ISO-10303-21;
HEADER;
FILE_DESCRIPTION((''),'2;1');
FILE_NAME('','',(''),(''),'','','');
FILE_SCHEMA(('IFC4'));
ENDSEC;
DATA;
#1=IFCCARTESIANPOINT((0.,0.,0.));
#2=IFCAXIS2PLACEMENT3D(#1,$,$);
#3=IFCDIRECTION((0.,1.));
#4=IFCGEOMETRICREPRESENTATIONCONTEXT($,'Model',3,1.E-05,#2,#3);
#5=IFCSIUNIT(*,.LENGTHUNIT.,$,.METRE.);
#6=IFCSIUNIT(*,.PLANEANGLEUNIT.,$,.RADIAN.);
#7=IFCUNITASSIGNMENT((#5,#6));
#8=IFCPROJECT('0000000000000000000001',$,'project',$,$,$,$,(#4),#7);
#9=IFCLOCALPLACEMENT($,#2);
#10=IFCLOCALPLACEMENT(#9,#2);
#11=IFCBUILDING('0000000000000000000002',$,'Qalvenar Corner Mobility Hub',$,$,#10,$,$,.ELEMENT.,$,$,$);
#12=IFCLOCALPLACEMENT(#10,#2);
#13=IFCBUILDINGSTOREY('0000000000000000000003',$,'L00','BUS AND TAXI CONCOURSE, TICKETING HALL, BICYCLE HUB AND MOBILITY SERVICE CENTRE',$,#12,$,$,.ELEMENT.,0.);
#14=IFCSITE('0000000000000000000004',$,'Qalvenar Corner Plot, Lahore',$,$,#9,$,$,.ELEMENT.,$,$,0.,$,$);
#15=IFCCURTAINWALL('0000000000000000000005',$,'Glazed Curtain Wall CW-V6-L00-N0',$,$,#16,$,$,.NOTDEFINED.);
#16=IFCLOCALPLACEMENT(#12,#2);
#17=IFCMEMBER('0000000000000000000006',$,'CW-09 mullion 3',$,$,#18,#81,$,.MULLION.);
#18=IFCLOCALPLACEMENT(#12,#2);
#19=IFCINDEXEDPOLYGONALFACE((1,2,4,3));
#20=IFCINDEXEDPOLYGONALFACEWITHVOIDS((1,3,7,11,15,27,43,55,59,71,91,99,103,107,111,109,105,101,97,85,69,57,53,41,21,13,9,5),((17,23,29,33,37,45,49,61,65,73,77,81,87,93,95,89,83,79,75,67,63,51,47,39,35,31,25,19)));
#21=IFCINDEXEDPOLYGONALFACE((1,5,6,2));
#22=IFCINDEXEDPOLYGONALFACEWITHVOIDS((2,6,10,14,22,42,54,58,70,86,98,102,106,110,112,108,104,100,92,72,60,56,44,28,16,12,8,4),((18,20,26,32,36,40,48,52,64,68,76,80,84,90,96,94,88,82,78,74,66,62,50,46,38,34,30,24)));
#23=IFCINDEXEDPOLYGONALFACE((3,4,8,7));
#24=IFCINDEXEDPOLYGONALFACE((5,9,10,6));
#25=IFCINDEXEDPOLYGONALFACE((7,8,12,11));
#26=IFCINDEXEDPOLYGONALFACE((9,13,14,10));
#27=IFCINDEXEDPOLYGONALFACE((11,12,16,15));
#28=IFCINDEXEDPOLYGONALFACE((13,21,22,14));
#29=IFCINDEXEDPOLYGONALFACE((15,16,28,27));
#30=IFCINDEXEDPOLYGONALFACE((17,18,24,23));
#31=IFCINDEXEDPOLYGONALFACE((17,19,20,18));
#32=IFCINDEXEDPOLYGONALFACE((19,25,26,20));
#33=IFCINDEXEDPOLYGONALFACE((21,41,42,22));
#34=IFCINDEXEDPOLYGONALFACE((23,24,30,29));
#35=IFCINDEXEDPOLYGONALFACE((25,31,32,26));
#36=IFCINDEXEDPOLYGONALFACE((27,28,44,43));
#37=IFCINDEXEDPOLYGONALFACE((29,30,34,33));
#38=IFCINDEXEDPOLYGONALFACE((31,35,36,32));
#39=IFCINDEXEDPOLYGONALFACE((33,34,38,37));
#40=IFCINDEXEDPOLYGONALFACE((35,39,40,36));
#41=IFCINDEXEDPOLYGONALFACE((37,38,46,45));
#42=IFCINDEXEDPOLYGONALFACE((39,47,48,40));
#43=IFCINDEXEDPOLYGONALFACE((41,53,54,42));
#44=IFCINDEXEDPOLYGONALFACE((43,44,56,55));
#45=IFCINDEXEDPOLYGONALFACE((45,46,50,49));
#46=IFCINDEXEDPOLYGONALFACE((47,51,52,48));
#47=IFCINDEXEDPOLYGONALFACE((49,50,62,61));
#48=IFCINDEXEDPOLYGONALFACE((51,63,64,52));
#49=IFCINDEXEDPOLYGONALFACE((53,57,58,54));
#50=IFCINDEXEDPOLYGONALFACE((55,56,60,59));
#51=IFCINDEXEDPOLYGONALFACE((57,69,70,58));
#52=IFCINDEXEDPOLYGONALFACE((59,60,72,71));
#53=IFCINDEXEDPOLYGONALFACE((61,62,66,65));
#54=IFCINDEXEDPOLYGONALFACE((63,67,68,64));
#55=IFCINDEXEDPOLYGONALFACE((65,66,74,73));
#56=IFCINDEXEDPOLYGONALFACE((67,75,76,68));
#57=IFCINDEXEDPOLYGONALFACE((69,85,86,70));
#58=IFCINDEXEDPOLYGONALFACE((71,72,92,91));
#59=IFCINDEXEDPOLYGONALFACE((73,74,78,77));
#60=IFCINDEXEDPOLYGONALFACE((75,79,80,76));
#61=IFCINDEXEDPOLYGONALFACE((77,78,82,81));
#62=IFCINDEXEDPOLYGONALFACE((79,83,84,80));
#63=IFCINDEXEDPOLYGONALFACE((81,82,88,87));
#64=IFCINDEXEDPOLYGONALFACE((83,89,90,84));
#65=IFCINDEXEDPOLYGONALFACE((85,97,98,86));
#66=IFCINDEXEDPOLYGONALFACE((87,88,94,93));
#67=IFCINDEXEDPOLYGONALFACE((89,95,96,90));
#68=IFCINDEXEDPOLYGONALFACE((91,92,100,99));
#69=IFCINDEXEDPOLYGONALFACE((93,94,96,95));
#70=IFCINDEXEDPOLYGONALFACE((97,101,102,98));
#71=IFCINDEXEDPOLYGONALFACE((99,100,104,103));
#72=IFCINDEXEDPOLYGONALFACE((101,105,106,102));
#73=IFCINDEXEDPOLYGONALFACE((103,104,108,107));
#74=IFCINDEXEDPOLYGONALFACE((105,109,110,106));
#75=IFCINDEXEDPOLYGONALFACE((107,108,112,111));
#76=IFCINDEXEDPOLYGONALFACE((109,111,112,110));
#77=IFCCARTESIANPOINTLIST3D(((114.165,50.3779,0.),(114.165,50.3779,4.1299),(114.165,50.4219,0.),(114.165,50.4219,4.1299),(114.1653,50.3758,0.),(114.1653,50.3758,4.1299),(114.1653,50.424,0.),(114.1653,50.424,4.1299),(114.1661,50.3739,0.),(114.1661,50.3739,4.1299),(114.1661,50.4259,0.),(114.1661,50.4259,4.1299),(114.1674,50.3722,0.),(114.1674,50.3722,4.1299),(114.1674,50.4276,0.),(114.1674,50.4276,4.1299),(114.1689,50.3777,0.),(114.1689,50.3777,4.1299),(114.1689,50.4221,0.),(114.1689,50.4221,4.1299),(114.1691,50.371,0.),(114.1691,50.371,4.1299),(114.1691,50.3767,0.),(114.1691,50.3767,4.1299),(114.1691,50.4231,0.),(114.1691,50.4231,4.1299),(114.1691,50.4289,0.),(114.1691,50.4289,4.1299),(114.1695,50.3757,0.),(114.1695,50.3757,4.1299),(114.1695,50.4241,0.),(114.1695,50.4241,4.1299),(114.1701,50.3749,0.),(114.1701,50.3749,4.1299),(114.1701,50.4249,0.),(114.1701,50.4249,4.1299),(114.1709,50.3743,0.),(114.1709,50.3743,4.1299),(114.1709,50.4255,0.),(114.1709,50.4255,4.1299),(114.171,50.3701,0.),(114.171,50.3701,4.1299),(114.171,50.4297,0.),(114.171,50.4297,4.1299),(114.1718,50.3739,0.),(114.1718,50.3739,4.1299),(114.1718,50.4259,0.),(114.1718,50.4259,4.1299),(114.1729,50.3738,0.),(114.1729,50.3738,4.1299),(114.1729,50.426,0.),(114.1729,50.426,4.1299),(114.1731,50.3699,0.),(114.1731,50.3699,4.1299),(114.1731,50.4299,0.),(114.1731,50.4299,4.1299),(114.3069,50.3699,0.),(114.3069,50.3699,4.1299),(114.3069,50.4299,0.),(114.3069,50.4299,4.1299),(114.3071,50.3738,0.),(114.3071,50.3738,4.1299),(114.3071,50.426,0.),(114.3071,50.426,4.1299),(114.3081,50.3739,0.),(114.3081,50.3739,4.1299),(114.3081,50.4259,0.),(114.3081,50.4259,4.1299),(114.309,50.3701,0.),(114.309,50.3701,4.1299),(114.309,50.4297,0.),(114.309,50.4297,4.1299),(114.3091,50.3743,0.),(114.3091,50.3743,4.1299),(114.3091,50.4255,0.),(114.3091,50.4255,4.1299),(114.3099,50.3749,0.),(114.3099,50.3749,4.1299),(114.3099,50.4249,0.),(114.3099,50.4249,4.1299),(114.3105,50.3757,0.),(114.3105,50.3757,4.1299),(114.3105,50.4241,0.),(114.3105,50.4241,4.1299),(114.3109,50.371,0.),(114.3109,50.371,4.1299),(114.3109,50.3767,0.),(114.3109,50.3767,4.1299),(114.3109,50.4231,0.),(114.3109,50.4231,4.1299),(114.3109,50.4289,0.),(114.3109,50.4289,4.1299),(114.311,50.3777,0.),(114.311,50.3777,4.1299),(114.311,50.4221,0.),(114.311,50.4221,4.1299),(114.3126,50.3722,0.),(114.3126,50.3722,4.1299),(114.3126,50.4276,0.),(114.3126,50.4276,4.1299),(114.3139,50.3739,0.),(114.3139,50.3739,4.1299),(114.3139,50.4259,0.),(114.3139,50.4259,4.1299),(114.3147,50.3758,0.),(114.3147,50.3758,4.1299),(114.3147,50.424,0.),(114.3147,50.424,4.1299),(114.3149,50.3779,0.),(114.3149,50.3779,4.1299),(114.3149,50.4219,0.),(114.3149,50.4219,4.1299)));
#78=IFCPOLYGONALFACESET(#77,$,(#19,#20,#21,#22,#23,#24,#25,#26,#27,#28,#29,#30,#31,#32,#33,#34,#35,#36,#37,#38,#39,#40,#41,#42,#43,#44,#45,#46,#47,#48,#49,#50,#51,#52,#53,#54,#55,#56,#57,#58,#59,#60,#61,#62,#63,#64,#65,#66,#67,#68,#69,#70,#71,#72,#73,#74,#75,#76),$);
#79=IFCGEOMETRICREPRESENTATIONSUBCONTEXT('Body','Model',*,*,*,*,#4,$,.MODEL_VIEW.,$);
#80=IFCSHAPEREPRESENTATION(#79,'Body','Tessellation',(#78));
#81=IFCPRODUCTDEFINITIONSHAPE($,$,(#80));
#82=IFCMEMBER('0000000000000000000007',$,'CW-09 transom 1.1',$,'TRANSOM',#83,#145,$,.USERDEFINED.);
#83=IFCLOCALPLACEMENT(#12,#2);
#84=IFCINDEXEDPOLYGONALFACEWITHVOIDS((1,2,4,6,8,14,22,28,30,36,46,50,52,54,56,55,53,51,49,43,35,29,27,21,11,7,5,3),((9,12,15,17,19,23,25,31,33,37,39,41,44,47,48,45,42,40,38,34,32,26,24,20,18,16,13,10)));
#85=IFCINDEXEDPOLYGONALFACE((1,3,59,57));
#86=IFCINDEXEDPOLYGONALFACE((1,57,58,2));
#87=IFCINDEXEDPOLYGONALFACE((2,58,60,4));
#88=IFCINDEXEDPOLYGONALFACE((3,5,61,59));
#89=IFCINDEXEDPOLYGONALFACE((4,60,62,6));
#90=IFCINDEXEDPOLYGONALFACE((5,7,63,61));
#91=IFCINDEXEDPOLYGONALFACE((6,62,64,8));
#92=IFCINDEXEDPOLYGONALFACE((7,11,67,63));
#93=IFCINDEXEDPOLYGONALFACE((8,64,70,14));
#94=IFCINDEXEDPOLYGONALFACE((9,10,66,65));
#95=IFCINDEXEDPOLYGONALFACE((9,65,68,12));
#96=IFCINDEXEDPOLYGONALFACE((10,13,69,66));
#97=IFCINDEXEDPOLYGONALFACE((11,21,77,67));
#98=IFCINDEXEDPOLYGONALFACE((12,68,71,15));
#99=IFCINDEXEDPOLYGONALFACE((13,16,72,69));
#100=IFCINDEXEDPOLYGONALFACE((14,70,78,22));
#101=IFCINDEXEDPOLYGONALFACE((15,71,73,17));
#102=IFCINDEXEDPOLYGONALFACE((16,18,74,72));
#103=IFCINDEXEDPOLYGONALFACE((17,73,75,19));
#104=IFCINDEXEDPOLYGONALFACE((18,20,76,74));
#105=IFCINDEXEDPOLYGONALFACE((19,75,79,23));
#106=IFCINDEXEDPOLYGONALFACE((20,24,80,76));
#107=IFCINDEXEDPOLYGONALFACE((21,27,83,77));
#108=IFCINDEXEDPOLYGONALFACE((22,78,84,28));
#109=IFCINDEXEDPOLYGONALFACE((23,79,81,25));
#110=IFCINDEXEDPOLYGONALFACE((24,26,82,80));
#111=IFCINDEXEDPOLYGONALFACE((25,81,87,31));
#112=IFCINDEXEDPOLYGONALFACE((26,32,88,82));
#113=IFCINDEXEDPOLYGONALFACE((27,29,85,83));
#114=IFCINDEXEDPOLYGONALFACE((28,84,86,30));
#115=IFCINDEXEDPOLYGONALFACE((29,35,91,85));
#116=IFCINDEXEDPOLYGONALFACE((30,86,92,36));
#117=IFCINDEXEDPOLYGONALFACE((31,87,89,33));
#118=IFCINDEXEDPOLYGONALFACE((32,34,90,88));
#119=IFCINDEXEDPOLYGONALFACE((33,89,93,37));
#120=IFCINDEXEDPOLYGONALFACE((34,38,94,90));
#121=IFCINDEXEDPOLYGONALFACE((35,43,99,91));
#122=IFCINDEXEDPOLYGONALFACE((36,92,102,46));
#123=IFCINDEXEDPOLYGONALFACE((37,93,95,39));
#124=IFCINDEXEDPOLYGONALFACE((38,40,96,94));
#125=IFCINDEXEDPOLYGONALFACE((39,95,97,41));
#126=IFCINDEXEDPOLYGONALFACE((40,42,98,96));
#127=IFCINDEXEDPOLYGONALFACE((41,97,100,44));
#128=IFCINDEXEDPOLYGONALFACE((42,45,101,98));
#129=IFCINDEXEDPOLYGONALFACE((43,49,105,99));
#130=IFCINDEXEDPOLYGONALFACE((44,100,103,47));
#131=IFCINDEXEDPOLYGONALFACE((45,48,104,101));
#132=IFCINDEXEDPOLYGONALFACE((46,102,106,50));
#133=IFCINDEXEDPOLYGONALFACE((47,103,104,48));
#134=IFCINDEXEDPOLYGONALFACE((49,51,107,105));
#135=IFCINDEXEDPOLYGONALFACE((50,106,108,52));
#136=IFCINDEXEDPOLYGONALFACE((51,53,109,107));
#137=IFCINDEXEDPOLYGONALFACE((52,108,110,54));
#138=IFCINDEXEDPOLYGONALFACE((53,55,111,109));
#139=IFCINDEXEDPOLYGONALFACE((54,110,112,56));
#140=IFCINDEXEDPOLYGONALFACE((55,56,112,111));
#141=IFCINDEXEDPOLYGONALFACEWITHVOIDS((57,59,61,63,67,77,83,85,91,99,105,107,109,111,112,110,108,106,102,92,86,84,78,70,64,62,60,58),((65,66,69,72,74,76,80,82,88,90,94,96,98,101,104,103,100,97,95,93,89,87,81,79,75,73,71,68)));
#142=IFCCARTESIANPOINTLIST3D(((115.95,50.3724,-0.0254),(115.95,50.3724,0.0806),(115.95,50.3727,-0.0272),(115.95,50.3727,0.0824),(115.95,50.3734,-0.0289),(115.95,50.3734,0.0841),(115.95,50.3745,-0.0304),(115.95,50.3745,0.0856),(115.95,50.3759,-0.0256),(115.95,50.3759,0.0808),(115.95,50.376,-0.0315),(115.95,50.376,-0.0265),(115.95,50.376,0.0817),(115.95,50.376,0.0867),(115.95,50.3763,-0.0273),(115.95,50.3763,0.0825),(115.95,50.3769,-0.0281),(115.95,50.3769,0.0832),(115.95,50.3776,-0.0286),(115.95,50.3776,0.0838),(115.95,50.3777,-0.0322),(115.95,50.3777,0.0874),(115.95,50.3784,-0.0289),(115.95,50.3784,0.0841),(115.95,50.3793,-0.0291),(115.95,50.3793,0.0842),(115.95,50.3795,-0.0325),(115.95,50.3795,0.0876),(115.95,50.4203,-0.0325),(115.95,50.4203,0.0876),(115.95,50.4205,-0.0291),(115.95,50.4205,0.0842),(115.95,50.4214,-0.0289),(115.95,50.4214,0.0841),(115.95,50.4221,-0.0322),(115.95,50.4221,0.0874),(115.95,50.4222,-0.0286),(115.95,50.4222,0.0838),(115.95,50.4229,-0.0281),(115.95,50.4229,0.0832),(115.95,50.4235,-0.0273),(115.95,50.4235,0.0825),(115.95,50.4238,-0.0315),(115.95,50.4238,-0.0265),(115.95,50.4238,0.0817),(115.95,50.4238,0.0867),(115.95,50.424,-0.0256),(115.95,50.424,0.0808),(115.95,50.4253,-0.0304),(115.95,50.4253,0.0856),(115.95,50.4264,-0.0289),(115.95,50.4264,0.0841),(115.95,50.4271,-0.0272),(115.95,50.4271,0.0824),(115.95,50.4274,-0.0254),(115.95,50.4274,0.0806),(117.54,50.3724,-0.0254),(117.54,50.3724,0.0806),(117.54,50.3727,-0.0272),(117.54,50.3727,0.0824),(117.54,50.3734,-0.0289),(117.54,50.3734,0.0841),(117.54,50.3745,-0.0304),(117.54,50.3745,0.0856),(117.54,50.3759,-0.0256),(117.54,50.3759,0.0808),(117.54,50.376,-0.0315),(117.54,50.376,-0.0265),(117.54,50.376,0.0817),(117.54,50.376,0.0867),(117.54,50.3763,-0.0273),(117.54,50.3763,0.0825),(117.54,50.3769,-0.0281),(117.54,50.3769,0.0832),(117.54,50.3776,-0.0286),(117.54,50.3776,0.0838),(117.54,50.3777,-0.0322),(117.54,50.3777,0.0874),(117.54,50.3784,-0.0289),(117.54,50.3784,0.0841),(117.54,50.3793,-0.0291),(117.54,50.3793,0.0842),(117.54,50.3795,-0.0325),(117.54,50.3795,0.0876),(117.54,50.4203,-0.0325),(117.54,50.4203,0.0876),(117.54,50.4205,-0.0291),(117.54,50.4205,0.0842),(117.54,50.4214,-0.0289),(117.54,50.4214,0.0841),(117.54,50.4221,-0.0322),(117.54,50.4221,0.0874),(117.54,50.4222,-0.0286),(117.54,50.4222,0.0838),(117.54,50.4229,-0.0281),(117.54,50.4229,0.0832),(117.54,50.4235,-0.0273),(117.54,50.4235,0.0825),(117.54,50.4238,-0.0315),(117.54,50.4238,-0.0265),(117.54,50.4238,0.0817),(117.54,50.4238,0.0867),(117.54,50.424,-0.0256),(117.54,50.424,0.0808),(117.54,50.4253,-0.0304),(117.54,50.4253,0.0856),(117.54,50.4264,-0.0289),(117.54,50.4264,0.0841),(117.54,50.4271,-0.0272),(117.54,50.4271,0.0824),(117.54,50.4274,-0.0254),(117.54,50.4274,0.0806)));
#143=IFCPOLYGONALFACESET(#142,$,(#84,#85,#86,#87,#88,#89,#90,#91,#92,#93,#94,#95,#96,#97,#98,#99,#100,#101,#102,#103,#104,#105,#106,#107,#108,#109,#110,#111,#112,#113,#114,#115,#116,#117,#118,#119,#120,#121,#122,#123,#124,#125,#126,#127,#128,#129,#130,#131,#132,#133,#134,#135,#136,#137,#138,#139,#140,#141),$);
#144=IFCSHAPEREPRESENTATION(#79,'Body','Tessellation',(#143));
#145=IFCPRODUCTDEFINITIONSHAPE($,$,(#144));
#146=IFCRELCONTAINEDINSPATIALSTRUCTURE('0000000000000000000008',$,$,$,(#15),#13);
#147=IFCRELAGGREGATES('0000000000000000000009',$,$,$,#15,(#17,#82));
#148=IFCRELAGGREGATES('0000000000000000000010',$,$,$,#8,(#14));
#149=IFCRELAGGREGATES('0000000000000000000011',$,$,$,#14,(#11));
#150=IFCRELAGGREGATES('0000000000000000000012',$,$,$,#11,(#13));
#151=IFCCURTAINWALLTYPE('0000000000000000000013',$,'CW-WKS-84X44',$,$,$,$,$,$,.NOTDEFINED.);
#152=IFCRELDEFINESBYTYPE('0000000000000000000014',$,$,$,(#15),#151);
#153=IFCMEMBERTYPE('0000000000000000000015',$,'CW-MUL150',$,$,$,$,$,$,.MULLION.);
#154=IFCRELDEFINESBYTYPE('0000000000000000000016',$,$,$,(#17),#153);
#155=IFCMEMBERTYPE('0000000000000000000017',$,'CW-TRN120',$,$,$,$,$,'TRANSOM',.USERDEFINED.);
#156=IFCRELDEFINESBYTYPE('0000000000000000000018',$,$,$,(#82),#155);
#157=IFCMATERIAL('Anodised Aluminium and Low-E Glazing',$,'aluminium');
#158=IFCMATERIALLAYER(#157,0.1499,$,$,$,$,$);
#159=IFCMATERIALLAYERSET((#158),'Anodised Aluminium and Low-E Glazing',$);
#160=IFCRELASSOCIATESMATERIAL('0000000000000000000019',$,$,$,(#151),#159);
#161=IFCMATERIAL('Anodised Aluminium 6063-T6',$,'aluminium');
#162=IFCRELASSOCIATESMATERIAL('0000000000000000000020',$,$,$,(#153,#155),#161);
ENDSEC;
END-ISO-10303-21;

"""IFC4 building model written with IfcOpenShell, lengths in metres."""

from ifc_helpers import new_model, si_unit, direction, frame, origin, origin_2d, place, context, subcontext, project, spatial, hollow_rectangle, extrude, material, layer, layer_set, material_profile, profile_set, type_object, element, aggregate, save


model = new_model("IFC4")

# Units and contexts
model_context = context("Model", 3, precision=1e-05, world=origin(), true_north=direction((0.0, 1.0)))
body_context = subcontext(model_context, "Body", "Model", "MODEL_VIEW")
ifc_project = project(units=[si_unit("LENGTHUNIT", "METRE"), si_unit("PLANEANGLEUNIT", "RADIAN")], contexts=[model_context])

# Site, building, storey
site_placement = place(None, origin())
site = spatial("IfcSite", under=ifc_project, at=site_placement, Name="Qalvenar Corner Plot, Lahore", CompositionType="ELEMENT", RefElevation=0.0)
building_placement = place(site_placement, origin())
building = spatial("IfcBuilding", under=site, at=building_placement, Name="Qalvenar Corner Mobility Hub", CompositionType="ELEMENT")
storey_placement = place(building_placement, origin())
storey = spatial("IfcBuildingStorey", under=building, at=storey_placement, Name="L00", Description="BUS AND TAXI CONCOURSE, TICKETING HALL, BICYCLE HUB AND MOBILITY SERVICE CENTRE", CompositionType="ELEMENT", Elevation=0.0)

# Curtain wall, members
ifc_material_1 = material(Name="Anodised Aluminium and Low-E Glazing", Category="aluminium")
ifc_layer_1 = layer(ifc_material_1, 0.1499)
ifc_layer_set_1 = layer_set([ifc_layer_1], Name="Anodised Aluminium and Low-E Glazing")
curtain_wall_type = type_object("IfcCurtainWallType", Name="CW-WKS-84X44", PredefinedType="NOTDEFINED", material=ifc_layer_set_1)
curtain_wall_placement = place(storey_placement, origin())
curtain_wall = element("IfcCurtainWall", 1, at=curtain_wall_placement, inside=storey, type_object=curtain_wall_type, Name="Glazed Curtain Wall CW-V6-L00-N0", PredefinedType="NOTDEFINED")
ifc_material_2 = material(Name="Anodised Aluminium 6063-T6", Category="aluminium")
ifc_material_profile_1 = material_profile(ifc_material_2, hollow_rectangle(XDim=0.0601, YDim=0.1499, WallThickness=0.0039, InnerFilletRadius=0.0039, OuterFilletRadius=0.0081, at=origin_2d()), Name="RHS150x60x4")
ifc_profile_set_1 = profile_set([ifc_material_profile_1], Name="Anodised Aluminium 6063-T6")
member_type_1 = type_object("IfcMemberType", Name="CW-MUL150", PredefinedType="MULLION", material=ifc_profile_set_1)
member_1_placement = place(storey_placement, frame((114.24, 50.3999, 0.0), z_axis=(0.0, 0.0, 1.0), x_axis=(0.0, -1.0, 0.0)))
member_1 = element("IfcMember", 2, at=member_1_placement, type_object=member_type_1, Name="CW-09 mullion 3", PredefinedType="MULLION", context=body_context, shape_type="SweptSolid", body=[
    extrude(hollow_rectangle(XDim=0.0601, YDim=0.1499, WallThickness=0.0039, InnerFilletRadius=0.0039, OuterFilletRadius=0.0081, at=origin_2d()), origin(), (0.0, 0.0, 1.0), 4.1299),
])
ifc_material_profile_2 = material_profile(ifc_material_2, hollow_rectangle(XDim=0.0549, YDim=0.1201, WallThickness=0.0034, InnerFilletRadius=0.0034, OuterFilletRadius=0.0071, at=origin_2d()), Name="RHS120x55x3.5")
ifc_profile_set_2 = profile_set([ifc_material_profile_2], Name="Anodised Aluminium 6063-T6")
member_type_2 = type_object("IfcMemberType", Name="CW-TRN120", ElementType="TRANSOM", PredefinedType="USERDEFINED", material=ifc_profile_set_2)
member_2_placement = place(storey_placement, frame((117.54, 50.3999, 0.0276), z_axis=(-1.0, 0.0, 0.0), x_axis=(0.0, -1.0, 0.0)))
member_2 = element("IfcMember", 3, at=member_2_placement, type_object=member_type_2, Name="CW-09 transom 1.1", ObjectType="TRANSOM", PredefinedType="USERDEFINED", context=body_context, shape_type="SweptSolid", body=[
    extrude(hollow_rectangle(XDim=0.0549, YDim=0.1201, WallThickness=0.0034, InnerFilletRadius=0.0034, OuterFilletRadius=0.0071, at=origin_2d()), origin(), (0.0, 0.0, 1.0), 1.5901),
])
aggregate(curtain_wall, [member_1, member_2])

save(model, "model.ifc")
